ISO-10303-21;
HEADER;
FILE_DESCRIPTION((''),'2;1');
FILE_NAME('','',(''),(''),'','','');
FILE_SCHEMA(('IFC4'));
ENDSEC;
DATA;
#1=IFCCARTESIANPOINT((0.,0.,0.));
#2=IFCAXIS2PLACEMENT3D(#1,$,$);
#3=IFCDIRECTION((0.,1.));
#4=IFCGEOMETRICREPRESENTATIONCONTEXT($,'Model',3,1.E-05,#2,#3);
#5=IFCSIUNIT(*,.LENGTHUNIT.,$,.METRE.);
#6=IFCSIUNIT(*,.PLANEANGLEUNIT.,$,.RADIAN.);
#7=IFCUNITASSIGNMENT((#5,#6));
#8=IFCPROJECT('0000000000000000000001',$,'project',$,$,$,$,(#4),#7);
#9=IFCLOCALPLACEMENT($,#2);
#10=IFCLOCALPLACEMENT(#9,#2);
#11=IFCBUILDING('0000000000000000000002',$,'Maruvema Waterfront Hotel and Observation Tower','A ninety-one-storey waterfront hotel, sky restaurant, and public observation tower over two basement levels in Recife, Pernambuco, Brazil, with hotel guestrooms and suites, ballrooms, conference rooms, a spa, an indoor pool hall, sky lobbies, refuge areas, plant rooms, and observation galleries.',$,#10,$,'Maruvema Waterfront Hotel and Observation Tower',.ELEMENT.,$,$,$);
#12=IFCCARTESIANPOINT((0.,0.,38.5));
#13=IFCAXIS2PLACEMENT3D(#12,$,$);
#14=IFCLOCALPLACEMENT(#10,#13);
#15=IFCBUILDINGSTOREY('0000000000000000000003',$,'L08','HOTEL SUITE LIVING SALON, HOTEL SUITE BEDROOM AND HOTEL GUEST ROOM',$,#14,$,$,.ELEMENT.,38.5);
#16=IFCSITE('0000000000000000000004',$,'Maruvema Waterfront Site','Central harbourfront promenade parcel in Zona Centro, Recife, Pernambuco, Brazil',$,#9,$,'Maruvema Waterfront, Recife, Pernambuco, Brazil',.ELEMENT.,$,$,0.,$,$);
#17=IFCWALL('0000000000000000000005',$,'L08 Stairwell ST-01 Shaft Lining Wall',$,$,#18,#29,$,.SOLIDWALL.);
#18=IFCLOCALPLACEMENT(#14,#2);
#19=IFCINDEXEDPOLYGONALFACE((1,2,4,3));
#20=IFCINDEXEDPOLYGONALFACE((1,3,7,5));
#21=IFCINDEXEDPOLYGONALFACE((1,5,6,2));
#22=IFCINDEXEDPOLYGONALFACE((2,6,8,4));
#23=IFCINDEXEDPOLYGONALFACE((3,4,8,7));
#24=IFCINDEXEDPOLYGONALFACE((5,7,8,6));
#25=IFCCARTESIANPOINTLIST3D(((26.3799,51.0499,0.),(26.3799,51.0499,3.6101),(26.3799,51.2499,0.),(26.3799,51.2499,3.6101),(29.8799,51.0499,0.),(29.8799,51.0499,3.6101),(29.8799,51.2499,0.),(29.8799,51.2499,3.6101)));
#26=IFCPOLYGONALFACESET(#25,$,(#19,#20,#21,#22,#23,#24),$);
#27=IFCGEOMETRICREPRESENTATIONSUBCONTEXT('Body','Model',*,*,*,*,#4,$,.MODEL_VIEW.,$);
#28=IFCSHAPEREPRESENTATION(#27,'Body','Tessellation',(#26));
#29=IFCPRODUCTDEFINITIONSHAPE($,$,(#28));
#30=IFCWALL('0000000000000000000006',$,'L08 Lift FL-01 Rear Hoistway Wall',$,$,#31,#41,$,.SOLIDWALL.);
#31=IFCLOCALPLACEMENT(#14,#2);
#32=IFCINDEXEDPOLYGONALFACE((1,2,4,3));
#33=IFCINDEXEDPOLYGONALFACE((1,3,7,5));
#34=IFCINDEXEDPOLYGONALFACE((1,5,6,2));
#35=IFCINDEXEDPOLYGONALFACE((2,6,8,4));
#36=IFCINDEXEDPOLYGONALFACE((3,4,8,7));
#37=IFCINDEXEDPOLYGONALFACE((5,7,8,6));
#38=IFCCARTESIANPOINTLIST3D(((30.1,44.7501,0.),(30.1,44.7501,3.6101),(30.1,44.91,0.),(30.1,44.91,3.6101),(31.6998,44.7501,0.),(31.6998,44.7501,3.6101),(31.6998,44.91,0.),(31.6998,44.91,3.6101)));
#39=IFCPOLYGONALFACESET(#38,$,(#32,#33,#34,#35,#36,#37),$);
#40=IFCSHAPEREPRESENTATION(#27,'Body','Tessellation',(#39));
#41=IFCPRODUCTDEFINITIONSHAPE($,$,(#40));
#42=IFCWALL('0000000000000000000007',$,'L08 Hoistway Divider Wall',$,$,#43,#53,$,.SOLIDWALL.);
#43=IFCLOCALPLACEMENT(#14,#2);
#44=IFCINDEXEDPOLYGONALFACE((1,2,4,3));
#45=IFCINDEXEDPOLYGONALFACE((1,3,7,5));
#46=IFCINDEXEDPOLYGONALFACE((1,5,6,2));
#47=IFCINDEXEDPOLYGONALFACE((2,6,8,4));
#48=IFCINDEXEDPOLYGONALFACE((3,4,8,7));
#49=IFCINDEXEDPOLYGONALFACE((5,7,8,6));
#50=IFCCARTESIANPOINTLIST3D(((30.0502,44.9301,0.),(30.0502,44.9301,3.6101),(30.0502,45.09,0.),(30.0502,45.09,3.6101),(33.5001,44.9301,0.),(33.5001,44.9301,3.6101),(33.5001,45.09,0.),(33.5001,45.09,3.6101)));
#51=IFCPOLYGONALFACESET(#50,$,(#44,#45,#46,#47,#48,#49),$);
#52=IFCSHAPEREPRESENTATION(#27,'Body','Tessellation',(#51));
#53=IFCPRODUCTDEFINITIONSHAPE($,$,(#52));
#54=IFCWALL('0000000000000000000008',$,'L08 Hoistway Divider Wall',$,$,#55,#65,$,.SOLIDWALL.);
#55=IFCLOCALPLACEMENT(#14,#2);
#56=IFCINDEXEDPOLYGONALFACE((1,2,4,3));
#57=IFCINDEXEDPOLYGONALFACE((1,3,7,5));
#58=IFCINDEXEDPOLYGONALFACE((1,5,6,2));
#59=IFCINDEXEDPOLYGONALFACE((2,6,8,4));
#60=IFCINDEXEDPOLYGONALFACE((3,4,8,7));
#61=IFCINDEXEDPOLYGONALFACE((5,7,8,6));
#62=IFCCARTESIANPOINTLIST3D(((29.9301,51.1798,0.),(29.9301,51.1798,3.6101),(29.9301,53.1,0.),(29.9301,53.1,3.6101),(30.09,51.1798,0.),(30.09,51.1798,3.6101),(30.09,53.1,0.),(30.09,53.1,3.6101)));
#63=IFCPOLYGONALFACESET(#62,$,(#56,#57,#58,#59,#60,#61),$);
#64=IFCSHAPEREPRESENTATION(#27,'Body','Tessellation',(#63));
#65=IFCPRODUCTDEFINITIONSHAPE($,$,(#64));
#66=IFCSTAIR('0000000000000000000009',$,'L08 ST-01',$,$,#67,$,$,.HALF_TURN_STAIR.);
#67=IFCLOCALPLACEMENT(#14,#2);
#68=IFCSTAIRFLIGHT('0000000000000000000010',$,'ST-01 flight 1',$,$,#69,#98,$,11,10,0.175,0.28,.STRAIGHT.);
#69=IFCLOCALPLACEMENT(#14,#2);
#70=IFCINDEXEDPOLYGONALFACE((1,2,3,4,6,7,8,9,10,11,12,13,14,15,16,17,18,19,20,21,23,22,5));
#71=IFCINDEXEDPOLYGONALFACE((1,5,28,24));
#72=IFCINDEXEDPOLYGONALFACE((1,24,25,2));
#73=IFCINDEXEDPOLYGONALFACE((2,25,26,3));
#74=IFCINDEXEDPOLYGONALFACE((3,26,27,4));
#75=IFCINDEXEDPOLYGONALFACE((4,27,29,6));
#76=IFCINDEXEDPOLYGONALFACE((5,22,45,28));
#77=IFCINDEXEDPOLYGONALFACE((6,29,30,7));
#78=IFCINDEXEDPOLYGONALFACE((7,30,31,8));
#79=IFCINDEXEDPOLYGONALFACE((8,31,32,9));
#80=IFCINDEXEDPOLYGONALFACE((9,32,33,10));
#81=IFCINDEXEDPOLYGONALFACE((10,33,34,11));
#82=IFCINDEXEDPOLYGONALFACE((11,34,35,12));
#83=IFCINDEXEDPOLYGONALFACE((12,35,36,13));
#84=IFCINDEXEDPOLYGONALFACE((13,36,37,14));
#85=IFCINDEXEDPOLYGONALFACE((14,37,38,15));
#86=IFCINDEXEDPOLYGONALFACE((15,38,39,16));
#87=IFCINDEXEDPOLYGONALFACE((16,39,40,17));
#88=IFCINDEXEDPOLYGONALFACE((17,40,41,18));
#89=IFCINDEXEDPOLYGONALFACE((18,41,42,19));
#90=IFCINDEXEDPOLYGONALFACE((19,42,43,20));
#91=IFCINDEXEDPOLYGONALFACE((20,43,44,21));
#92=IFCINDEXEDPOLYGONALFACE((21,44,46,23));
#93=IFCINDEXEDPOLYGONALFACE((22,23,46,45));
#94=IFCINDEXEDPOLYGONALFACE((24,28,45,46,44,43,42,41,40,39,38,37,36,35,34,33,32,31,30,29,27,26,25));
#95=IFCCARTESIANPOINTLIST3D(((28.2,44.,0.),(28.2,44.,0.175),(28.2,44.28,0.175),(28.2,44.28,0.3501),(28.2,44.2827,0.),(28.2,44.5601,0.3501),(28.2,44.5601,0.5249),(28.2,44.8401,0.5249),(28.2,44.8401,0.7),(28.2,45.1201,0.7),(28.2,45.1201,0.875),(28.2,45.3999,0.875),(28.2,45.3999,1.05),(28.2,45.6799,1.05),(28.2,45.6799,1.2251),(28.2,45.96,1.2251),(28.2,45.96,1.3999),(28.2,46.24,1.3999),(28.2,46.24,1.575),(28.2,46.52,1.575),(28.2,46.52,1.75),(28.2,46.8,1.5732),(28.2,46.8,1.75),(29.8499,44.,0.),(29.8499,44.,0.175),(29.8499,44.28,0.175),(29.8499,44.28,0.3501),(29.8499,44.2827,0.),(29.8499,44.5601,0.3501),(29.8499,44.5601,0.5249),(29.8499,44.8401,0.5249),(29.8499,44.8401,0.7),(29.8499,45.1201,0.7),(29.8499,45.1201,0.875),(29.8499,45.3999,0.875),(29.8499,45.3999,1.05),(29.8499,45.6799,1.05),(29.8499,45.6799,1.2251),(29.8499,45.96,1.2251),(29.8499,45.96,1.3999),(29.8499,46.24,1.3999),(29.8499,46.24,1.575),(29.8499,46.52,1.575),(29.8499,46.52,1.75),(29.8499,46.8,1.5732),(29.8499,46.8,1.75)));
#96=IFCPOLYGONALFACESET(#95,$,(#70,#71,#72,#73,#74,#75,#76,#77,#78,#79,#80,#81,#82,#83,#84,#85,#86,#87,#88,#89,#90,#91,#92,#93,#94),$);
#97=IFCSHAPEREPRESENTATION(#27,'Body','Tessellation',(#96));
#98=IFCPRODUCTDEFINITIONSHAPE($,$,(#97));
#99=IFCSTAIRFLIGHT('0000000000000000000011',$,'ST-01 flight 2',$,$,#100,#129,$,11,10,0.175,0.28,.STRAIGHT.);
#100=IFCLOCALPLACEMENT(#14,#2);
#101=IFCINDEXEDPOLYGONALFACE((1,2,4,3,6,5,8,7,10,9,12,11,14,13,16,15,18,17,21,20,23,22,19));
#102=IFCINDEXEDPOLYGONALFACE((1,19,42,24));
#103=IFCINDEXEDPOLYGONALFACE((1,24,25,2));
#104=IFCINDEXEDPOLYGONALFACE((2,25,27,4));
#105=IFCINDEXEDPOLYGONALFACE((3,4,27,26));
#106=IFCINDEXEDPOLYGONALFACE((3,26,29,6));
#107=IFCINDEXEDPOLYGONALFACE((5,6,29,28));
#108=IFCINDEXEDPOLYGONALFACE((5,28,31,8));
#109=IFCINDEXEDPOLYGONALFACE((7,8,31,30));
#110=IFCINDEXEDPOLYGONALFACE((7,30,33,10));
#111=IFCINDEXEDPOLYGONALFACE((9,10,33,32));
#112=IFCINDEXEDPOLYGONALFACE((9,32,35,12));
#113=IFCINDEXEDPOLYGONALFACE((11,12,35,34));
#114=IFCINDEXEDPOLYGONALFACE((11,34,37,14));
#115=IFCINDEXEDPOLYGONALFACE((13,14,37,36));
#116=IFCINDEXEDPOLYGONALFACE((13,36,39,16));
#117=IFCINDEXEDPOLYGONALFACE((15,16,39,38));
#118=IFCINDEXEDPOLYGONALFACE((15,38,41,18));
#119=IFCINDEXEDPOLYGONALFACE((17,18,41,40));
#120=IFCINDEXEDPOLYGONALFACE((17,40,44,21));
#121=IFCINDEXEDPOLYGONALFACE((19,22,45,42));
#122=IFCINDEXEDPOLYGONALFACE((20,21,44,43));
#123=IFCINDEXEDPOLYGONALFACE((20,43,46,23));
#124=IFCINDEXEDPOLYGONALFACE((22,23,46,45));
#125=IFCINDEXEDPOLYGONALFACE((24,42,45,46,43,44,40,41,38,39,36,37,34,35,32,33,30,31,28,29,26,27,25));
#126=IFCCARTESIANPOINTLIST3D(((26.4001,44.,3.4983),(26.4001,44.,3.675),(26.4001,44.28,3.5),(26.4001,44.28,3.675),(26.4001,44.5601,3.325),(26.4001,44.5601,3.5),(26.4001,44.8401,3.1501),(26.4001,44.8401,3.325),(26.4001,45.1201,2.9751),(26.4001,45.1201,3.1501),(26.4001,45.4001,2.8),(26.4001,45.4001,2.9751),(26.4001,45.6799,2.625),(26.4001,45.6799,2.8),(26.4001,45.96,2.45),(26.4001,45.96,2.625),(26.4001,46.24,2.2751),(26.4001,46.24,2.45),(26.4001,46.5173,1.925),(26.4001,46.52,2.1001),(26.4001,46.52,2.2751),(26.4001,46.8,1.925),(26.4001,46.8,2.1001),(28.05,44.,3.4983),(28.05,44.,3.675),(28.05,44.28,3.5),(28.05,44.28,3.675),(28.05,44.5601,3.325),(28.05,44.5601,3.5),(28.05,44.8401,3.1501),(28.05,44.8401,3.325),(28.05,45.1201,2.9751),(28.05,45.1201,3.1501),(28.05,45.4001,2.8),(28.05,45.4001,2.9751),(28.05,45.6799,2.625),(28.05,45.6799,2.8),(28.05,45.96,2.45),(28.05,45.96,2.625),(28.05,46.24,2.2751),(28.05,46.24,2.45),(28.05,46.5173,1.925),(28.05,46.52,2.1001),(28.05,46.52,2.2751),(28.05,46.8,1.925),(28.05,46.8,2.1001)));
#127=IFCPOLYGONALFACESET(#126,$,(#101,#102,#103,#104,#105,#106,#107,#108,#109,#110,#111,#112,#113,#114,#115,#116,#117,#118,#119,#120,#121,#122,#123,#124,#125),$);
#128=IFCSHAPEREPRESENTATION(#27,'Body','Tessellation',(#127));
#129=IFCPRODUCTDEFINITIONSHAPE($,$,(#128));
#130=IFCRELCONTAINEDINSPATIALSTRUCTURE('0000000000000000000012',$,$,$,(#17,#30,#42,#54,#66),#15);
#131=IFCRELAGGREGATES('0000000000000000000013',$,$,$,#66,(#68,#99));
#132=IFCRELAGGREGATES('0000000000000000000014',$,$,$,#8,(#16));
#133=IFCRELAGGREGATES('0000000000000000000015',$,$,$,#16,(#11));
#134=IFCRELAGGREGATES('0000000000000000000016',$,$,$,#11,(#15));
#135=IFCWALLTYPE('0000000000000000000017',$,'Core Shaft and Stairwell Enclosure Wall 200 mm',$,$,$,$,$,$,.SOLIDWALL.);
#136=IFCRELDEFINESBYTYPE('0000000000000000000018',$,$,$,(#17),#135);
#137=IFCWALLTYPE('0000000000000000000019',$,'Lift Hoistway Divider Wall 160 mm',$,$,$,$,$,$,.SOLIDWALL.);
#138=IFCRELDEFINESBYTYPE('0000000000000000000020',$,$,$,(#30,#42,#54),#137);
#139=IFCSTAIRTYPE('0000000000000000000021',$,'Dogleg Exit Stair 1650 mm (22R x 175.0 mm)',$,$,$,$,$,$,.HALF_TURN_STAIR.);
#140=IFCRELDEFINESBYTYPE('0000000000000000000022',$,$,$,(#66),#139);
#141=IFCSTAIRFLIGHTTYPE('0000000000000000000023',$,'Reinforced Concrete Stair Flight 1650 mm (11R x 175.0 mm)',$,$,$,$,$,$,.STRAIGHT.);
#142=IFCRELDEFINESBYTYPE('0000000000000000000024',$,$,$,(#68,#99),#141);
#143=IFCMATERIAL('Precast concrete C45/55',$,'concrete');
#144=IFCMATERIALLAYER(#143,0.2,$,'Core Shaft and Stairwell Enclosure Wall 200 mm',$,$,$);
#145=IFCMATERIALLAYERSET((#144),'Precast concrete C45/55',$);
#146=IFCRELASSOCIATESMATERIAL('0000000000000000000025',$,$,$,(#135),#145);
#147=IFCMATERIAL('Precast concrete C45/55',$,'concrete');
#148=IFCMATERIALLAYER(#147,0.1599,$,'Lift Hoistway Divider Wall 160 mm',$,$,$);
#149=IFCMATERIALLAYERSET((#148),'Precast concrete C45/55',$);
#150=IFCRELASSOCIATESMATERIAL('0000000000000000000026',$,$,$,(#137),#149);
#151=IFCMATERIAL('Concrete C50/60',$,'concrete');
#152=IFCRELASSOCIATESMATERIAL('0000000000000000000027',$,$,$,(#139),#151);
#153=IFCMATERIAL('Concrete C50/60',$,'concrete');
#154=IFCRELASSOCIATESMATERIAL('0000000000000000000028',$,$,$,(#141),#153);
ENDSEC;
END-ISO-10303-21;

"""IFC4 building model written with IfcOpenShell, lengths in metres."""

from ifc_helpers import new_model, si_unit, direction, frame, frame_2d, origin, place, context, subcontext, project, spatial, polyline, rectangle, outline, extrude, material, layer, layer_set, type_object, element, aggregate, save


model = new_model("IFC4")

# Units and contexts
model_context = context("Model", 3, precision=1e-05, world=origin(), true_north=direction((0.0, 1.0)))
body_context = subcontext(model_context, "Body", "Model", "MODEL_VIEW")
ifc_project = project(units=[si_unit("LENGTHUNIT", "METRE"), si_unit("PLANEANGLEUNIT", "RADIAN")], contexts=[model_context])

# Site, building, storey
site_placement = place(None, origin())
site = spatial("IfcSite", under=ifc_project, at=site_placement, Name="Maruvema Waterfront Site", Description="Central harbourfront promenade parcel in Zona Centro, Recife, Pernambuco, Brazil", LongName="Maruvema Waterfront, Recife, Pernambuco, Brazil", CompositionType="ELEMENT", RefElevation=0.0)
building_placement = place(site_placement, origin())
building = spatial("IfcBuilding", under=site, at=building_placement, Name="Maruvema Waterfront Hotel and Observation Tower", Description="A ninety-one-storey waterfront hotel, sky restaurant, and public observation tower over two basement levels in Recife, Pernambuco, Brazil, with hotel guestrooms and suites, ballrooms, conference rooms, a spa, an indoor pool hall, sky lobbies, refuge areas, plant rooms, and observation galleries.", LongName="Maruvema Waterfront Hotel and Observation Tower", CompositionType="ELEMENT")
storey_placement = place(building_placement, frame((0.0, 0.0, 38.5)))
storey = spatial("IfcBuildingStorey", under=building, at=storey_placement, Name="L08", Description="HOTEL SUITE LIVING SALON, HOTEL SUITE BEDROOM AND HOTEL GUEST ROOM", CompositionType="ELEMENT", Elevation=38.5)

# Wall
ifc_material_1 = material(Name="Precast concrete C45/55", Category="concrete")
ifc_layer_1 = layer(ifc_material_1, 0.2, Name="Core Shaft and Stairwell Enclosure Wall 200 mm")
ifc_layer_set_1 = layer_set([ifc_layer_1], Name="Precast concrete C45/55")
wall_type_1 = type_object("IfcWallType", Name="Core Shaft and Stairwell Enclosure Wall 200 mm", PredefinedType="SOLIDWALL", material=ifc_layer_set_1)
wall_1_placement = place(storey_placement, frame((26.3799, 51.1499, 0.0), z_axis=(0.0, 0.0, 1.0), x_axis=(1.0, 0.0, 0.0)))
element("IfcWall", 1, at=wall_1_placement, inside=storey, type_object=wall_type_1, Name="L08 Stairwell ST-01 Shaft Lining Wall", PredefinedType="SOLIDWALL", context=body_context, shape_type="SweptSolid", body=[
    extrude(rectangle(XDim=3.5, YDim=0.2, at=frame_2d((1.75, 0.0))), origin(), (0.0, 0.0, 1.0), 3.6101),
])

# Walls
ifc_material_2 = material(Name="Precast concrete C45/55", Category="concrete")
ifc_layer_2 = layer(ifc_material_2, 0.1599, Name="Lift Hoistway Divider Wall 160 mm")
ifc_layer_set_2 = layer_set([ifc_layer_2], Name="Precast concrete C45/55")
wall_type_2 = type_object("IfcWallType", Name="Lift Hoistway Divider Wall 160 mm", PredefinedType="SOLIDWALL", material=ifc_layer_set_2)
wall_2_placement = place(storey_placement, frame((30.1001, 44.8301, 0.0), z_axis=(0.0, 0.0, 1.0), x_axis=(1.0, 0.0, 0.0)))
element("IfcWall", 2, at=wall_2_placement, inside=storey, type_object=wall_type_2, Name="L08 Lift FL-01 Rear Hoistway Wall", PredefinedType="SOLIDWALL", context=body_context, shape_type="SweptSolid", body=[
    extrude(rectangle(XDim=1.5999, YDim=0.1599, at=frame_2d((0.7998, 0.0))), origin(), (0.0, 0.0, 1.0), 3.6101),
])
wall_3_placement = place(storey_placement, frame((30.05, 45.01, 0.0), z_axis=(0.0, 0.0, 1.0), x_axis=(1.0, 0.0, 0.0)))
element("IfcWall", 3, at=wall_3_placement, inside=storey, type_object=wall_type_2, Name="L08 Hoistway Divider Wall", PredefinedType="SOLIDWALL", context=body_context, shape_type="SweptSolid", body=[
    extrude(rectangle(XDim=3.45, YDim=0.1599, at=frame_2d((1.7251, 0.0))), origin(), (0.0, 0.0, 1.0), 3.6101),
])
wall_4_placement = place(storey_placement, frame((30.01, 51.1799, 0.0), z_axis=(0.0, 0.0, 1.0), x_axis=(0.0, 1.0, 0.0)))
element("IfcWall", 4, at=wall_4_placement, inside=storey, type_object=wall_type_2, Name="L08 Hoistway Divider Wall", PredefinedType="SOLIDWALL", context=body_context, shape_type="SweptSolid", body=[
    extrude(rectangle(XDim=1.9202, YDim=0.1599, at=frame_2d((0.96, 0.0))), origin(), (0.0, 0.0, 1.0), 3.6101),
])

# Stair, stair flights
ifc_material_3 = material(Name="Concrete C50/60", Category="concrete")
stair_type = type_object("IfcStairType", Name="Dogleg Exit Stair 1650 mm (22R x 175.0 mm)", PredefinedType="HALF_TURN_STAIR", material=ifc_material_3)
stair_placement = place(storey_placement, origin())
stair = element("IfcStair", 5, at=stair_placement, inside=storey, type_object=stair_type, Name="L08 ST-01", PredefinedType="HALF_TURN_STAIR")
ifc_material_4 = material(Name="Concrete C50/60", Category="concrete")
stair_flight_type = type_object("IfcStairFlightType", Name="Reinforced Concrete Stair Flight 1650 mm (11R x 175.0 mm)", PredefinedType="STRAIGHT", material=ifc_material_4)
stair_flight_1_placement = place(storey_placement, frame((29.0249, 44.0, 0.0), z_axis=(0.0, 0.0, 1.0), x_axis=(0.0, 1.0, 0.0)))
stair_flight_1 = element("IfcStairFlight", 6, at=stair_flight_1_placement, type_object=stair_flight_type, Name="ST-01 flight 1", NumberOfRisers=11, NumberOfTreads=10, PredefinedType="STRAIGHT", RiserHeight=0.175, TreadLength=0.28, context=body_context, shape_type="SweptSolid", body=[
    extrude(outline(polyline([(0.0, 0.0), (0.0, 0.175), (0.28, 0.175), (0.28, 0.3501), (0.5601, 0.3501), (0.5601, 0.5249), (0.8401, 0.5249), (0.8401, 0.7), (1.1201, 0.7), (1.1201, 0.875), (1.3999, 0.875), (1.3999, 1.05), (1.6799, 1.05), (1.6799, 1.2251), (1.96, 1.2251), (1.96, 1.3999), (2.24, 1.3999), (2.24, 1.575), (2.52, 1.575), (2.52, 1.75), (2.8, 1.75), (2.8, 1.925), (2.8, 1.5732), (0.2827, 0.0), (0.0, 0.0)])), frame((0.0, 0.825, 0.0), z_axis=(0.0, -1.0, 0.0), x_axis=(1.0, 0.0, 0.0)), (0.0, 0.0, 1.0), 1.6499),
])
stair_flight_2_placement = place(storey_placement, frame((27.2251, 46.8, 1.925), z_axis=(0.0, 0.0, 1.0), x_axis=(0.0, -1.0, 0.0)))
stair_flight_2 = element("IfcStairFlight", 7, at=stair_flight_2_placement, type_object=stair_flight_type, Name="ST-01 flight 2", NumberOfRisers=11, NumberOfTreads=10, PredefinedType="STRAIGHT", RiserHeight=0.175, TreadLength=0.28, context=body_context, shape_type="SweptSolid", body=[
    extrude(outline(polyline([(0.0, 0.0), (0.0, 0.175), (0.28, 0.175), (0.28, 0.3501), (0.5601, 0.3501), (0.5601, 0.5249), (0.8401, 0.5249), (0.8401, 0.7), (1.1201, 0.7), (1.1201, 0.875), (1.3999, 0.875), (1.3999, 1.05), (1.6799, 1.05), (1.6799, 1.2251), (1.96, 1.2251), (1.96, 1.3999), (2.24, 1.3999), (2.24, 1.575), (2.52, 1.575), (2.52, 1.75), (2.8, 1.75), (2.8, 1.925), (2.8, 1.5732), (0.2827, 0.0), (0.0, 0.0)])), frame((0.0, 0.825, 0.0), z_axis=(0.0, -1.0, 0.0), x_axis=(1.0, 0.0, 0.0)), (0.0, 0.0, 1.0), 1.6499),
])
aggregate(stair, [stair_flight_1, stair_flight_2])

save(model, "model.ifc")
